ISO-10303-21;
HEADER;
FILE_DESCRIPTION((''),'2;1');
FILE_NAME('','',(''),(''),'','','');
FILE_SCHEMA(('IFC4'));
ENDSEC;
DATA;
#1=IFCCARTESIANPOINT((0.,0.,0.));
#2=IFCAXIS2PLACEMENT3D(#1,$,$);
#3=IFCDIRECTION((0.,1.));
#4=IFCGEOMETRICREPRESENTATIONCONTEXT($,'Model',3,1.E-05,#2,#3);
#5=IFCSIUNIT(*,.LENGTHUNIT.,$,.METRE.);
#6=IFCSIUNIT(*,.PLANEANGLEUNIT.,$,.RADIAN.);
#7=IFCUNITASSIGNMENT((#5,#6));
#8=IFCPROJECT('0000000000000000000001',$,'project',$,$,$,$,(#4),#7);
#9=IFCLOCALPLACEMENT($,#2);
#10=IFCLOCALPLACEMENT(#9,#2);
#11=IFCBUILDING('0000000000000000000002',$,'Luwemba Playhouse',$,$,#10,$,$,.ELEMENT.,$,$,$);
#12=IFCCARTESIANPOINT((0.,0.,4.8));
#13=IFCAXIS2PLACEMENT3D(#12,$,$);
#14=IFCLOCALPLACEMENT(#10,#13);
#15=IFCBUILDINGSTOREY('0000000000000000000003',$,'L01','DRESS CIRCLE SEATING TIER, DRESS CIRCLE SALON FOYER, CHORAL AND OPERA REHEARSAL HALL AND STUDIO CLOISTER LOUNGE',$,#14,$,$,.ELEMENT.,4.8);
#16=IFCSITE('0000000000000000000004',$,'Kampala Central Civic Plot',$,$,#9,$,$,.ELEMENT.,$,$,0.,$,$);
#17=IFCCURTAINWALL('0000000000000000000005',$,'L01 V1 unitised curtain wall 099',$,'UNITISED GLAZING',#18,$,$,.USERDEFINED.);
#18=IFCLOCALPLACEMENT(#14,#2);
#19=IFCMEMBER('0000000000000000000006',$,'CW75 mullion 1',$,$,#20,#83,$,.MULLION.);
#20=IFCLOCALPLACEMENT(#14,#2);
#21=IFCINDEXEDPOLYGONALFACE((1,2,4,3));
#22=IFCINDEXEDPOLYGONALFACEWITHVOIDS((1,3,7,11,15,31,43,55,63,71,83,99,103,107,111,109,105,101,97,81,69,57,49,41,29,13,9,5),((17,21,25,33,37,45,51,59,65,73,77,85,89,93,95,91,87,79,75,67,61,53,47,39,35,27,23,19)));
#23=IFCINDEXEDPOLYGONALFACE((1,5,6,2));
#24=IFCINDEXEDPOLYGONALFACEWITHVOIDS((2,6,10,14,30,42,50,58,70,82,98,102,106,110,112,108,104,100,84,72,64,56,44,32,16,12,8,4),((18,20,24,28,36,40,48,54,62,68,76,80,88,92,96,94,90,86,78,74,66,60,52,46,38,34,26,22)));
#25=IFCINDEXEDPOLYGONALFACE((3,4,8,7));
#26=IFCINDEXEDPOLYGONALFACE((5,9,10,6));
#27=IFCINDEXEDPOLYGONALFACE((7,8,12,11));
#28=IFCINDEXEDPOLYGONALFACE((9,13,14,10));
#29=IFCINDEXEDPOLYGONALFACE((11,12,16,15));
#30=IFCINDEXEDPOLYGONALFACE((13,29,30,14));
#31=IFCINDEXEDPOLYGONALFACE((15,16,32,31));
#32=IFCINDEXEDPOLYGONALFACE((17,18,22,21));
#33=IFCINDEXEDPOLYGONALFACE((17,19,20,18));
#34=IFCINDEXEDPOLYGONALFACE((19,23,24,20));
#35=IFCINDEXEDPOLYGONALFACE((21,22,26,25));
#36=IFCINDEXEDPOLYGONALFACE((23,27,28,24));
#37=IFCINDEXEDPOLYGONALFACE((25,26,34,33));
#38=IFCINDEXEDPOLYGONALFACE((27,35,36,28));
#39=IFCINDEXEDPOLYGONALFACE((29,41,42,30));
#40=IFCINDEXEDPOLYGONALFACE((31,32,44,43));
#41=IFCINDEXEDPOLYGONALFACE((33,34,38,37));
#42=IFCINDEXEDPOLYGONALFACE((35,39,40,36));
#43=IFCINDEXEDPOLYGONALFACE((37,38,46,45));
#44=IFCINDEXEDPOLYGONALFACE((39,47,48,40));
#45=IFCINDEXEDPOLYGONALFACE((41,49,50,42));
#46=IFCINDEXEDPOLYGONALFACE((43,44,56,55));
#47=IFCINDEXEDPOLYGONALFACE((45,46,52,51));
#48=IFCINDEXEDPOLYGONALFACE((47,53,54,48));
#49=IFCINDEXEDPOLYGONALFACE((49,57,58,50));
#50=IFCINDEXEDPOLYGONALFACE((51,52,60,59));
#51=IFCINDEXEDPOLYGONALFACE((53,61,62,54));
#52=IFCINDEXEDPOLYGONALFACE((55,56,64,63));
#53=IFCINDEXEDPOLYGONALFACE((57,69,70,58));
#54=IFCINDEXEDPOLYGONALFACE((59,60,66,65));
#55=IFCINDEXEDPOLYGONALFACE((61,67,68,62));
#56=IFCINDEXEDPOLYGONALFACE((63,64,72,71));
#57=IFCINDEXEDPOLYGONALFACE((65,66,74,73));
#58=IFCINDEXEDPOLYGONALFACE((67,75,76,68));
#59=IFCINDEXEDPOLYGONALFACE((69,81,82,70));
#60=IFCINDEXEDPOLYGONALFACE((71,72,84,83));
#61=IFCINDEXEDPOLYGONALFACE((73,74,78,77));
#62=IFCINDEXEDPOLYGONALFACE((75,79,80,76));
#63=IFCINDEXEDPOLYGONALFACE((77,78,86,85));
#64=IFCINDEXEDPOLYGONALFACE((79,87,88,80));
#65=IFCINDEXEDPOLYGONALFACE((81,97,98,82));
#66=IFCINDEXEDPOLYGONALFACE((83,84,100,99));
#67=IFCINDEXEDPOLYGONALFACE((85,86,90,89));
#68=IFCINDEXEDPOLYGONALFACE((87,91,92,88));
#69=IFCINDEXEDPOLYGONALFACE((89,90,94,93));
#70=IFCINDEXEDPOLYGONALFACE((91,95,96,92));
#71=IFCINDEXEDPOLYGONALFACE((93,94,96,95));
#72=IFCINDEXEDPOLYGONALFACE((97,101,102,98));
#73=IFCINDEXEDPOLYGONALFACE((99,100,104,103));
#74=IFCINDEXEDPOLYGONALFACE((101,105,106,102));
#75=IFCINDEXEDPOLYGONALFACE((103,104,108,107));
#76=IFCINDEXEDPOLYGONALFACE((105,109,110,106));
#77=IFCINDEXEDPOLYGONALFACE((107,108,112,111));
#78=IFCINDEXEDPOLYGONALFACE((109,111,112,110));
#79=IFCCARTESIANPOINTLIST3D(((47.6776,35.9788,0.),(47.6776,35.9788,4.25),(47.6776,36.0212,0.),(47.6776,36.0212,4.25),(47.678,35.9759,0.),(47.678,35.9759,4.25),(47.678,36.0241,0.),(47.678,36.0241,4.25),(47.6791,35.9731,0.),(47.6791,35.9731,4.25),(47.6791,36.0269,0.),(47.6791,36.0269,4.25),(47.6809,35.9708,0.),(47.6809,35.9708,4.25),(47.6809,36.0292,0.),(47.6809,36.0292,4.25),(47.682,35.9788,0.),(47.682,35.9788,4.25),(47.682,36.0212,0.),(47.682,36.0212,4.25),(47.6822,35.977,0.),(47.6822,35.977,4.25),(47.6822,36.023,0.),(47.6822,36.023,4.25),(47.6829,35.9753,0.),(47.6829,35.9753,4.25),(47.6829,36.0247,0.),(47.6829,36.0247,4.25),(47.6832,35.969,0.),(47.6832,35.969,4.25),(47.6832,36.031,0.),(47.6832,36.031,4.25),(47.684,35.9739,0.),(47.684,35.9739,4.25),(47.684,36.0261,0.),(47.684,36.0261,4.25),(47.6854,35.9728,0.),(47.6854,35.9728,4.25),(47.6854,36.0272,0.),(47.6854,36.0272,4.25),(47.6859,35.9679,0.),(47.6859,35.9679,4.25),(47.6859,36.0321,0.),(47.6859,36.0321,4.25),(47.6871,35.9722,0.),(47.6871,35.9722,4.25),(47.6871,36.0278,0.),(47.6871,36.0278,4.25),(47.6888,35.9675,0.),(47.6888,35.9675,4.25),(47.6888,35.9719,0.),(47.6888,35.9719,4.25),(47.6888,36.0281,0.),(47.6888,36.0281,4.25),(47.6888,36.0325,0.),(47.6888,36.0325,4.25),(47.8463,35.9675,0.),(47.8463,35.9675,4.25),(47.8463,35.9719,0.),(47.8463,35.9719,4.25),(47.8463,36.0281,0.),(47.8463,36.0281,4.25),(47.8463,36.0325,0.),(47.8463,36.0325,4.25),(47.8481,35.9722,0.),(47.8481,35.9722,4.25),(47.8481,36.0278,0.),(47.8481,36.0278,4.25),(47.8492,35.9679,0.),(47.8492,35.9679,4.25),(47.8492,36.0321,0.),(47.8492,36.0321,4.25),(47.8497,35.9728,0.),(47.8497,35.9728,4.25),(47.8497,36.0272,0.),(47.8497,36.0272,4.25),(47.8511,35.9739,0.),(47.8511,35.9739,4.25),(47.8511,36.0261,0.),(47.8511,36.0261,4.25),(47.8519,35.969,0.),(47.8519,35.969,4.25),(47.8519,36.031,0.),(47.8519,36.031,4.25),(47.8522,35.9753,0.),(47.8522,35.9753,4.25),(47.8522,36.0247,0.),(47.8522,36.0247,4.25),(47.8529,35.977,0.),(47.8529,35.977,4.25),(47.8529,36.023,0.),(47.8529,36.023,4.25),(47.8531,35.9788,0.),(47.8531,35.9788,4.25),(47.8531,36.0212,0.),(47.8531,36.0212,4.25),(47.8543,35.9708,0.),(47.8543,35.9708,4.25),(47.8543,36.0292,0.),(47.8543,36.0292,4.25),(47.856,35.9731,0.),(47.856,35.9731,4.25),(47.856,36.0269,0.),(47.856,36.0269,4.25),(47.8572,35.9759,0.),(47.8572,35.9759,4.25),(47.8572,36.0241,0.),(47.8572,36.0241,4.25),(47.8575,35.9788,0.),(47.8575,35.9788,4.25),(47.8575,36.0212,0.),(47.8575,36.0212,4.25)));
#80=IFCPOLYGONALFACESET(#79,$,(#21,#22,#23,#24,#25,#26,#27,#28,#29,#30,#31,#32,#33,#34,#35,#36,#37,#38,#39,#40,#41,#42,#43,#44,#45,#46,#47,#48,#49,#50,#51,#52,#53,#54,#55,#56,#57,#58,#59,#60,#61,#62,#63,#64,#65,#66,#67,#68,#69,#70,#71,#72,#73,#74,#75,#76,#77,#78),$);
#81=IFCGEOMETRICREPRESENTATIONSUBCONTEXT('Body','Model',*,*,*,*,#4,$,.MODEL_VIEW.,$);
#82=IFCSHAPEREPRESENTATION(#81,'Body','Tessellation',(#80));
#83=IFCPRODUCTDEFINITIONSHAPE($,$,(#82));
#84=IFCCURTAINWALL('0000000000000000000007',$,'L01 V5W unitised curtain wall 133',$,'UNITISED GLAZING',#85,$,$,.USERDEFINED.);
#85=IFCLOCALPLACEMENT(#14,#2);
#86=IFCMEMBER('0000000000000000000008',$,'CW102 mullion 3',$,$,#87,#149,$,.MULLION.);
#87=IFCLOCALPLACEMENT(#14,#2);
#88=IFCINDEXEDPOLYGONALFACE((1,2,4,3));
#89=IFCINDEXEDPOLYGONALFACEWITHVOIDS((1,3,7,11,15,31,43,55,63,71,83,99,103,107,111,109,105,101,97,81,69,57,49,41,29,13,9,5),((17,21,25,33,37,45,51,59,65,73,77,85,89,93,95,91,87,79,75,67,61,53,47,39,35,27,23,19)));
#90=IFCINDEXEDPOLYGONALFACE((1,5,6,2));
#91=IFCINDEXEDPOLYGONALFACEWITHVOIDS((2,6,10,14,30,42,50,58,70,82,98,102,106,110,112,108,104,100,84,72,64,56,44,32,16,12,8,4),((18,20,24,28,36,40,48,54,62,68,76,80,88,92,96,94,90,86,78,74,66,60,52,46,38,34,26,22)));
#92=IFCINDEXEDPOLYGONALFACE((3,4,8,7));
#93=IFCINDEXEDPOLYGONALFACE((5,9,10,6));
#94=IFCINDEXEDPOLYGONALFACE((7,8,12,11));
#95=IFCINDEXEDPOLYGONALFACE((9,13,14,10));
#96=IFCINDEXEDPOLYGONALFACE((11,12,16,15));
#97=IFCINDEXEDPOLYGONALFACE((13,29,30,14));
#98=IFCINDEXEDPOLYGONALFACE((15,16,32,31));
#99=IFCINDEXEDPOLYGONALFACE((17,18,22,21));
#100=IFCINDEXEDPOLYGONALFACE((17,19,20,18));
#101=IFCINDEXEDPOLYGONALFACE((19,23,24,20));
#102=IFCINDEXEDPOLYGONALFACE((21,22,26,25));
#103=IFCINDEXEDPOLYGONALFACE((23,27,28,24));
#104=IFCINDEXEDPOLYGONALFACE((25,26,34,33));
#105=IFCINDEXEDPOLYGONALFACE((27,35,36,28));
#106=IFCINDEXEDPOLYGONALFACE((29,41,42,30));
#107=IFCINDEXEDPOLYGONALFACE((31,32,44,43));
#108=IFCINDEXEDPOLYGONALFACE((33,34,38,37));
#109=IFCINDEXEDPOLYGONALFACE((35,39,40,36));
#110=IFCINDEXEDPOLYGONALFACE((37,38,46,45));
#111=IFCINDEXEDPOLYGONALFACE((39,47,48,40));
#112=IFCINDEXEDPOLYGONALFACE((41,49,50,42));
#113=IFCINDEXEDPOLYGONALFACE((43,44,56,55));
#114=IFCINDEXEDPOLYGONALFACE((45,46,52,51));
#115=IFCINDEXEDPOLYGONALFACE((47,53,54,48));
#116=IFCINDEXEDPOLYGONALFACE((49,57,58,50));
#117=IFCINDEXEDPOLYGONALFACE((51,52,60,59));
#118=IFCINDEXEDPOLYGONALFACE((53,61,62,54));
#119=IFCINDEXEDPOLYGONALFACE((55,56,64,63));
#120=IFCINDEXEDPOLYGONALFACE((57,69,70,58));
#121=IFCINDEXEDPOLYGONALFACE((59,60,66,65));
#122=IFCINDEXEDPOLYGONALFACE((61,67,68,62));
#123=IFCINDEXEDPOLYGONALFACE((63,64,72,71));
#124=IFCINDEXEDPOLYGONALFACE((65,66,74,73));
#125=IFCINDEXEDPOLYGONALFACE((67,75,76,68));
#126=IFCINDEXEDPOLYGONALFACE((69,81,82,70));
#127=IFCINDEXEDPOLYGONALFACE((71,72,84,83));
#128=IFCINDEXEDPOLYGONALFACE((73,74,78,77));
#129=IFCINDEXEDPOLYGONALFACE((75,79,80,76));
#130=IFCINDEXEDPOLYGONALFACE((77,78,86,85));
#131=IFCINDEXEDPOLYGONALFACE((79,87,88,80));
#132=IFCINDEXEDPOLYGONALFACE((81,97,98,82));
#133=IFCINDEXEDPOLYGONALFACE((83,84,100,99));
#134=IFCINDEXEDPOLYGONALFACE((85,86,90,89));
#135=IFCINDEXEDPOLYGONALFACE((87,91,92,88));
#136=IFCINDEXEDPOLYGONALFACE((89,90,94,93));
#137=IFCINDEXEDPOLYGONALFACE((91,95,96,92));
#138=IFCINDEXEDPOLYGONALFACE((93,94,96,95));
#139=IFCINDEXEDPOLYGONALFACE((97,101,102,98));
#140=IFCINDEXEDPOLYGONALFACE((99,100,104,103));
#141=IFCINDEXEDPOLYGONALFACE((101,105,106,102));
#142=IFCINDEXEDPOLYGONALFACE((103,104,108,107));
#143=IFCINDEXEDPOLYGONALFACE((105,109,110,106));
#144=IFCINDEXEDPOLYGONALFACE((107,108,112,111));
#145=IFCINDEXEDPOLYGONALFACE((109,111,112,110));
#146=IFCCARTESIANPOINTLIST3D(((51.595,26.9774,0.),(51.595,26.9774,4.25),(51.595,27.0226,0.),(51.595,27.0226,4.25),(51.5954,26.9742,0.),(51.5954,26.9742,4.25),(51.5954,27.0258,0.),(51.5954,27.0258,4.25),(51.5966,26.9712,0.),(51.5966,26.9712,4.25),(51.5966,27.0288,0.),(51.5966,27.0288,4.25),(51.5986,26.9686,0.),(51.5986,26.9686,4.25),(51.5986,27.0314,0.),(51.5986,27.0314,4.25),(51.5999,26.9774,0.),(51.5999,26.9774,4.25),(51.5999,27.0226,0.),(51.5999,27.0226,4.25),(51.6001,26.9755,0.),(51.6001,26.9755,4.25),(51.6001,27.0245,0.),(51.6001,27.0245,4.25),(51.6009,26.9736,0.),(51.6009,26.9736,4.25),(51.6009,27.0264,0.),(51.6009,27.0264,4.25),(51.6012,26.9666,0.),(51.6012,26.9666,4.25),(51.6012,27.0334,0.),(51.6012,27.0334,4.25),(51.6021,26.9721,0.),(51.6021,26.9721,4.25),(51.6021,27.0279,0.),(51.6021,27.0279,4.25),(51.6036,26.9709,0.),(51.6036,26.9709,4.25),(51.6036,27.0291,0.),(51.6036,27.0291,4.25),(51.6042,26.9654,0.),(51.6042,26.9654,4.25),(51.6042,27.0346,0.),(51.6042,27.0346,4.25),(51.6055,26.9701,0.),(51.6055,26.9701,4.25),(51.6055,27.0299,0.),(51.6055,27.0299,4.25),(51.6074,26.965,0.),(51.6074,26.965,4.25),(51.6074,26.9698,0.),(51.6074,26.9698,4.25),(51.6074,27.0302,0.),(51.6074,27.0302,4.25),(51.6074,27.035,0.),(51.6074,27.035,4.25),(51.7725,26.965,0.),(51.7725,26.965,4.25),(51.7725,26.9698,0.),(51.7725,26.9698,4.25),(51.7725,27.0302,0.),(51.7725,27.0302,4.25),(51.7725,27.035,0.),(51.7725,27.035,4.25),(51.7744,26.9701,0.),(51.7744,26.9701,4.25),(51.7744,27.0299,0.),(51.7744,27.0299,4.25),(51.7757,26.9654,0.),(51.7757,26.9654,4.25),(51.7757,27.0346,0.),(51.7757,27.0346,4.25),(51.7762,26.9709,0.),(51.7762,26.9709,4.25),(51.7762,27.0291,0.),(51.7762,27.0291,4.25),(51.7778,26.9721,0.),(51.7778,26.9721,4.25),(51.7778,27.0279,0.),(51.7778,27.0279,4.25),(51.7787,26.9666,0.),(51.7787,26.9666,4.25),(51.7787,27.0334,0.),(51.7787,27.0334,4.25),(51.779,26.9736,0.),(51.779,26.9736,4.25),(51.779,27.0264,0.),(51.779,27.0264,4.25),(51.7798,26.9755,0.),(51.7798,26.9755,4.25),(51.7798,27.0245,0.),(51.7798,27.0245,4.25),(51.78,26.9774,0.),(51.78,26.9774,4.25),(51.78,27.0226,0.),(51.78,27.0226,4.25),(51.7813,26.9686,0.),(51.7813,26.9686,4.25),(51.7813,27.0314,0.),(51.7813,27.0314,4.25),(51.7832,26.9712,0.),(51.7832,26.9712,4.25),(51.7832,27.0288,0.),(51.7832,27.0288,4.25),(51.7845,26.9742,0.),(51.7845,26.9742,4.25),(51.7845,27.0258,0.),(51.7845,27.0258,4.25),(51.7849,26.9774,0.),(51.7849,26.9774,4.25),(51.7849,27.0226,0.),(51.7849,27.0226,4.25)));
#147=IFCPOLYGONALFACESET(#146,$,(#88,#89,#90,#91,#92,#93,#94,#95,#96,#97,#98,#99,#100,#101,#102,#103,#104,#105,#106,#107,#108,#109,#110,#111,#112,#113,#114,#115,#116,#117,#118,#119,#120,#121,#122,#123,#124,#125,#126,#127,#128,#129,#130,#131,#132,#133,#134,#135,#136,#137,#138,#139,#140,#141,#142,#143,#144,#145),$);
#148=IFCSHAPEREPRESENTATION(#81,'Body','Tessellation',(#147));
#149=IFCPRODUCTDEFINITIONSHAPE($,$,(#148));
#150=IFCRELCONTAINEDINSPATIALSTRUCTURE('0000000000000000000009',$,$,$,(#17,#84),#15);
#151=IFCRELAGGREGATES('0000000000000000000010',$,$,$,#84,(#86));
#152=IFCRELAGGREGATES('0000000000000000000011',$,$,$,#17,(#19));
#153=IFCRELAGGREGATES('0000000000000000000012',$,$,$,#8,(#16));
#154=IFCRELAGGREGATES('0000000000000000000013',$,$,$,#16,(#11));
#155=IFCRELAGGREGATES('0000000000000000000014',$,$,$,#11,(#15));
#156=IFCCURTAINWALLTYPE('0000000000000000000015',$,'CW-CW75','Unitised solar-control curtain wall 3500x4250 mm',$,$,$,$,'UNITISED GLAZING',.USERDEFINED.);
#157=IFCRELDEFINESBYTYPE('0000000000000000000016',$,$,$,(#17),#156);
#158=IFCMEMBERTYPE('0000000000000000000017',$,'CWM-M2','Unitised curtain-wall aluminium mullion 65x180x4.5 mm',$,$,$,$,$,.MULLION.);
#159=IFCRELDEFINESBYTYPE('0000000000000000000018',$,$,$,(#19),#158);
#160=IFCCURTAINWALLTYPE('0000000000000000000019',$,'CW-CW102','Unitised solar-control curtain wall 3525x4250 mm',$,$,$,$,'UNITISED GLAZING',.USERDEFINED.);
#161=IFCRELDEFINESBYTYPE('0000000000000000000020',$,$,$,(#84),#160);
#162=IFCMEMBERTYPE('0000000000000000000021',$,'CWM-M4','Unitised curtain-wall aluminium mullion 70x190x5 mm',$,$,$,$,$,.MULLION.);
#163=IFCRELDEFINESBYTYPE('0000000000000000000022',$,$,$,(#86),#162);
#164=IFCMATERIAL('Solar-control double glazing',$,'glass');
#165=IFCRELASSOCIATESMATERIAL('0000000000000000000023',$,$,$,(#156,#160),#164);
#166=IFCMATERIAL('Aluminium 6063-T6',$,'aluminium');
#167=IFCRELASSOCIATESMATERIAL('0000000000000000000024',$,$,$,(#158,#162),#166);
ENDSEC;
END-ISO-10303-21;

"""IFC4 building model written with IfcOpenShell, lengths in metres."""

from ifc_helpers import new_model, si_unit, direction, frame, origin, origin_2d, place, context, subcontext, project, spatial, hollow_rectangle, extrude, material, material_profile, profile_set, type_object, element, aggregate, save


model = new_model("IFC4")

# Units and contexts
model_context = context("Model", 3, precision=1e-05, world=origin(), true_north=direction((0.0, 1.0)))
body_context = subcontext(model_context, "Body", "Model", "MODEL_VIEW")
ifc_project = project(units=[si_unit("LENGTHUNIT", "METRE"), si_unit("PLANEANGLEUNIT", "RADIAN")], contexts=[model_context])

# Site, building, storey
site_placement = place(None, origin())
site = spatial("IfcSite", under=ifc_project, at=site_placement, Name="Kampala Central Civic Plot", CompositionType="ELEMENT", RefElevation=0.0)
building_placement = place(site_placement, origin())
building = spatial("IfcBuilding", under=site, at=building_placement, Name="Luwemba Playhouse", CompositionType="ELEMENT")
storey_placement = place(building_placement, frame((0.0, 0.0, 4.8)))
storey = spatial("IfcBuildingStorey", under=building, at=storey_placement, Name="L01", Description="DRESS CIRCLE SEATING TIER, DRESS CIRCLE SALON FOYER, CHORAL AND OPERA REHEARSAL HALL AND STUDIO CLOISTER LOUNGE", CompositionType="ELEMENT", Elevation=4.8)

# Shared definitions
ifc_material_1 = material(Name="Solar-control double glazing", Category="glass")
ifc_material_2 = material(Name="Aluminium 6063-T6", Category="aluminium")

# Curtain walls, members
curtain_wall_type_1 = type_object("IfcCurtainWallType", Name="CW-CW75", Description="Unitised solar-control curtain wall 3500x4250 mm", ElementType="UNITISED GLAZING", PredefinedType="USERDEFINED", material=ifc_material_1)
curtain_wall_1_placement = place(storey_placement, origin())
curtain_wall_1 = element("IfcCurtainWall", 1, at=curtain_wall_1_placement, inside=storey, type_object=curtain_wall_type_1, Name="L01 V1 unitised curtain wall 099", ObjectType="UNITISED GLAZING", PredefinedType="USERDEFINED")
ifc_material_profile_1 = material_profile(ifc_material_2, hollow_rectangle(XDim=0.0649, YDim=0.1799, WallThickness=0.0044, InnerFilletRadius=0.0068, OuterFilletRadius=0.0112, at=origin_2d()))
ifc_profile_set_1 = profile_set([ifc_material_profile_1], Name="Aluminium 6063-T6")
member_type_1 = type_object("IfcMemberType", Name="CWM-M2", Description="Unitised curtain-wall aluminium mullion 65x180x4.5 mm", PredefinedType="MULLION", material=ifc_profile_set_1)
member_1_placement = place(storey_placement, frame((47.7676, 36.0, 0.0), z_axis=(0.0, 0.0, 1.0), x_axis=(0.0, -1.0, 0.0)))
member_1 = element("IfcMember", 2, at=member_1_placement, type_object=member_type_1, Name="CW75 mullion 1", PredefinedType="MULLION", context=body_context, shape_type="SweptSolid", body=[
    extrude(hollow_rectangle(XDim=0.0649, YDim=0.1799, WallThickness=0.0044, InnerFilletRadius=0.0068, OuterFilletRadius=0.0112, at=origin_2d()), origin(), (0.0, 0.0, 1.0), 4.25),
])
curtain_wall_type_2 = type_object("IfcCurtainWallType", Name="CW-CW102", Description="Unitised solar-control curtain wall 3525x4250 mm", ElementType="UNITISED GLAZING", PredefinedType="USERDEFINED", material=ifc_material_1)
curtain_wall_2_placement = place(storey_placement, origin())
curtain_wall_2 = element("IfcCurtainWall", 3, at=curtain_wall_2_placement, inside=storey, type_object=curtain_wall_type_2, Name="L01 V5W unitised curtain wall 133", ObjectType="UNITISED GLAZING", PredefinedType="USERDEFINED")
ifc_material_profile_2 = material_profile(ifc_material_2, hollow_rectangle(XDim=0.0701, YDim=0.1899, WallThickness=0.0049, InnerFilletRadius=0.0076, OuterFilletRadius=0.0125, at=origin_2d()))
ifc_profile_set_2 = profile_set([ifc_material_profile_2], Name="Aluminium 6063-T6")
member_type_2 = type_object("IfcMemberType", Name="CWM-M4", Description="Unitised curtain-wall aluminium mullion 70x190x5 mm", PredefinedType="MULLION", material=ifc_profile_set_2)
member_2_placement = place(storey_placement, frame((51.6899, 27.0, 0.0), z_axis=(0.0, 0.0, 1.0), x_axis=(0.0, 1.0, 0.0)))
member_2 = element("IfcMember", 4, at=member_2_placement, type_object=member_type_2, Name="CW102 mullion 3", PredefinedType="MULLION", context=body_context, shape_type="SweptSolid", body=[
    extrude(hollow_rectangle(XDim=0.0701, YDim=0.1899, WallThickness=0.0049, InnerFilletRadius=0.0076, OuterFilletRadius=0.0125, at=origin_2d()), origin(), (0.0, 0.0, 1.0), 4.25),
])
aggregate(curtain_wall_2, [member_2])

aggregate(curtain_wall_1, [member_1])

save(model, "model.ifc")
